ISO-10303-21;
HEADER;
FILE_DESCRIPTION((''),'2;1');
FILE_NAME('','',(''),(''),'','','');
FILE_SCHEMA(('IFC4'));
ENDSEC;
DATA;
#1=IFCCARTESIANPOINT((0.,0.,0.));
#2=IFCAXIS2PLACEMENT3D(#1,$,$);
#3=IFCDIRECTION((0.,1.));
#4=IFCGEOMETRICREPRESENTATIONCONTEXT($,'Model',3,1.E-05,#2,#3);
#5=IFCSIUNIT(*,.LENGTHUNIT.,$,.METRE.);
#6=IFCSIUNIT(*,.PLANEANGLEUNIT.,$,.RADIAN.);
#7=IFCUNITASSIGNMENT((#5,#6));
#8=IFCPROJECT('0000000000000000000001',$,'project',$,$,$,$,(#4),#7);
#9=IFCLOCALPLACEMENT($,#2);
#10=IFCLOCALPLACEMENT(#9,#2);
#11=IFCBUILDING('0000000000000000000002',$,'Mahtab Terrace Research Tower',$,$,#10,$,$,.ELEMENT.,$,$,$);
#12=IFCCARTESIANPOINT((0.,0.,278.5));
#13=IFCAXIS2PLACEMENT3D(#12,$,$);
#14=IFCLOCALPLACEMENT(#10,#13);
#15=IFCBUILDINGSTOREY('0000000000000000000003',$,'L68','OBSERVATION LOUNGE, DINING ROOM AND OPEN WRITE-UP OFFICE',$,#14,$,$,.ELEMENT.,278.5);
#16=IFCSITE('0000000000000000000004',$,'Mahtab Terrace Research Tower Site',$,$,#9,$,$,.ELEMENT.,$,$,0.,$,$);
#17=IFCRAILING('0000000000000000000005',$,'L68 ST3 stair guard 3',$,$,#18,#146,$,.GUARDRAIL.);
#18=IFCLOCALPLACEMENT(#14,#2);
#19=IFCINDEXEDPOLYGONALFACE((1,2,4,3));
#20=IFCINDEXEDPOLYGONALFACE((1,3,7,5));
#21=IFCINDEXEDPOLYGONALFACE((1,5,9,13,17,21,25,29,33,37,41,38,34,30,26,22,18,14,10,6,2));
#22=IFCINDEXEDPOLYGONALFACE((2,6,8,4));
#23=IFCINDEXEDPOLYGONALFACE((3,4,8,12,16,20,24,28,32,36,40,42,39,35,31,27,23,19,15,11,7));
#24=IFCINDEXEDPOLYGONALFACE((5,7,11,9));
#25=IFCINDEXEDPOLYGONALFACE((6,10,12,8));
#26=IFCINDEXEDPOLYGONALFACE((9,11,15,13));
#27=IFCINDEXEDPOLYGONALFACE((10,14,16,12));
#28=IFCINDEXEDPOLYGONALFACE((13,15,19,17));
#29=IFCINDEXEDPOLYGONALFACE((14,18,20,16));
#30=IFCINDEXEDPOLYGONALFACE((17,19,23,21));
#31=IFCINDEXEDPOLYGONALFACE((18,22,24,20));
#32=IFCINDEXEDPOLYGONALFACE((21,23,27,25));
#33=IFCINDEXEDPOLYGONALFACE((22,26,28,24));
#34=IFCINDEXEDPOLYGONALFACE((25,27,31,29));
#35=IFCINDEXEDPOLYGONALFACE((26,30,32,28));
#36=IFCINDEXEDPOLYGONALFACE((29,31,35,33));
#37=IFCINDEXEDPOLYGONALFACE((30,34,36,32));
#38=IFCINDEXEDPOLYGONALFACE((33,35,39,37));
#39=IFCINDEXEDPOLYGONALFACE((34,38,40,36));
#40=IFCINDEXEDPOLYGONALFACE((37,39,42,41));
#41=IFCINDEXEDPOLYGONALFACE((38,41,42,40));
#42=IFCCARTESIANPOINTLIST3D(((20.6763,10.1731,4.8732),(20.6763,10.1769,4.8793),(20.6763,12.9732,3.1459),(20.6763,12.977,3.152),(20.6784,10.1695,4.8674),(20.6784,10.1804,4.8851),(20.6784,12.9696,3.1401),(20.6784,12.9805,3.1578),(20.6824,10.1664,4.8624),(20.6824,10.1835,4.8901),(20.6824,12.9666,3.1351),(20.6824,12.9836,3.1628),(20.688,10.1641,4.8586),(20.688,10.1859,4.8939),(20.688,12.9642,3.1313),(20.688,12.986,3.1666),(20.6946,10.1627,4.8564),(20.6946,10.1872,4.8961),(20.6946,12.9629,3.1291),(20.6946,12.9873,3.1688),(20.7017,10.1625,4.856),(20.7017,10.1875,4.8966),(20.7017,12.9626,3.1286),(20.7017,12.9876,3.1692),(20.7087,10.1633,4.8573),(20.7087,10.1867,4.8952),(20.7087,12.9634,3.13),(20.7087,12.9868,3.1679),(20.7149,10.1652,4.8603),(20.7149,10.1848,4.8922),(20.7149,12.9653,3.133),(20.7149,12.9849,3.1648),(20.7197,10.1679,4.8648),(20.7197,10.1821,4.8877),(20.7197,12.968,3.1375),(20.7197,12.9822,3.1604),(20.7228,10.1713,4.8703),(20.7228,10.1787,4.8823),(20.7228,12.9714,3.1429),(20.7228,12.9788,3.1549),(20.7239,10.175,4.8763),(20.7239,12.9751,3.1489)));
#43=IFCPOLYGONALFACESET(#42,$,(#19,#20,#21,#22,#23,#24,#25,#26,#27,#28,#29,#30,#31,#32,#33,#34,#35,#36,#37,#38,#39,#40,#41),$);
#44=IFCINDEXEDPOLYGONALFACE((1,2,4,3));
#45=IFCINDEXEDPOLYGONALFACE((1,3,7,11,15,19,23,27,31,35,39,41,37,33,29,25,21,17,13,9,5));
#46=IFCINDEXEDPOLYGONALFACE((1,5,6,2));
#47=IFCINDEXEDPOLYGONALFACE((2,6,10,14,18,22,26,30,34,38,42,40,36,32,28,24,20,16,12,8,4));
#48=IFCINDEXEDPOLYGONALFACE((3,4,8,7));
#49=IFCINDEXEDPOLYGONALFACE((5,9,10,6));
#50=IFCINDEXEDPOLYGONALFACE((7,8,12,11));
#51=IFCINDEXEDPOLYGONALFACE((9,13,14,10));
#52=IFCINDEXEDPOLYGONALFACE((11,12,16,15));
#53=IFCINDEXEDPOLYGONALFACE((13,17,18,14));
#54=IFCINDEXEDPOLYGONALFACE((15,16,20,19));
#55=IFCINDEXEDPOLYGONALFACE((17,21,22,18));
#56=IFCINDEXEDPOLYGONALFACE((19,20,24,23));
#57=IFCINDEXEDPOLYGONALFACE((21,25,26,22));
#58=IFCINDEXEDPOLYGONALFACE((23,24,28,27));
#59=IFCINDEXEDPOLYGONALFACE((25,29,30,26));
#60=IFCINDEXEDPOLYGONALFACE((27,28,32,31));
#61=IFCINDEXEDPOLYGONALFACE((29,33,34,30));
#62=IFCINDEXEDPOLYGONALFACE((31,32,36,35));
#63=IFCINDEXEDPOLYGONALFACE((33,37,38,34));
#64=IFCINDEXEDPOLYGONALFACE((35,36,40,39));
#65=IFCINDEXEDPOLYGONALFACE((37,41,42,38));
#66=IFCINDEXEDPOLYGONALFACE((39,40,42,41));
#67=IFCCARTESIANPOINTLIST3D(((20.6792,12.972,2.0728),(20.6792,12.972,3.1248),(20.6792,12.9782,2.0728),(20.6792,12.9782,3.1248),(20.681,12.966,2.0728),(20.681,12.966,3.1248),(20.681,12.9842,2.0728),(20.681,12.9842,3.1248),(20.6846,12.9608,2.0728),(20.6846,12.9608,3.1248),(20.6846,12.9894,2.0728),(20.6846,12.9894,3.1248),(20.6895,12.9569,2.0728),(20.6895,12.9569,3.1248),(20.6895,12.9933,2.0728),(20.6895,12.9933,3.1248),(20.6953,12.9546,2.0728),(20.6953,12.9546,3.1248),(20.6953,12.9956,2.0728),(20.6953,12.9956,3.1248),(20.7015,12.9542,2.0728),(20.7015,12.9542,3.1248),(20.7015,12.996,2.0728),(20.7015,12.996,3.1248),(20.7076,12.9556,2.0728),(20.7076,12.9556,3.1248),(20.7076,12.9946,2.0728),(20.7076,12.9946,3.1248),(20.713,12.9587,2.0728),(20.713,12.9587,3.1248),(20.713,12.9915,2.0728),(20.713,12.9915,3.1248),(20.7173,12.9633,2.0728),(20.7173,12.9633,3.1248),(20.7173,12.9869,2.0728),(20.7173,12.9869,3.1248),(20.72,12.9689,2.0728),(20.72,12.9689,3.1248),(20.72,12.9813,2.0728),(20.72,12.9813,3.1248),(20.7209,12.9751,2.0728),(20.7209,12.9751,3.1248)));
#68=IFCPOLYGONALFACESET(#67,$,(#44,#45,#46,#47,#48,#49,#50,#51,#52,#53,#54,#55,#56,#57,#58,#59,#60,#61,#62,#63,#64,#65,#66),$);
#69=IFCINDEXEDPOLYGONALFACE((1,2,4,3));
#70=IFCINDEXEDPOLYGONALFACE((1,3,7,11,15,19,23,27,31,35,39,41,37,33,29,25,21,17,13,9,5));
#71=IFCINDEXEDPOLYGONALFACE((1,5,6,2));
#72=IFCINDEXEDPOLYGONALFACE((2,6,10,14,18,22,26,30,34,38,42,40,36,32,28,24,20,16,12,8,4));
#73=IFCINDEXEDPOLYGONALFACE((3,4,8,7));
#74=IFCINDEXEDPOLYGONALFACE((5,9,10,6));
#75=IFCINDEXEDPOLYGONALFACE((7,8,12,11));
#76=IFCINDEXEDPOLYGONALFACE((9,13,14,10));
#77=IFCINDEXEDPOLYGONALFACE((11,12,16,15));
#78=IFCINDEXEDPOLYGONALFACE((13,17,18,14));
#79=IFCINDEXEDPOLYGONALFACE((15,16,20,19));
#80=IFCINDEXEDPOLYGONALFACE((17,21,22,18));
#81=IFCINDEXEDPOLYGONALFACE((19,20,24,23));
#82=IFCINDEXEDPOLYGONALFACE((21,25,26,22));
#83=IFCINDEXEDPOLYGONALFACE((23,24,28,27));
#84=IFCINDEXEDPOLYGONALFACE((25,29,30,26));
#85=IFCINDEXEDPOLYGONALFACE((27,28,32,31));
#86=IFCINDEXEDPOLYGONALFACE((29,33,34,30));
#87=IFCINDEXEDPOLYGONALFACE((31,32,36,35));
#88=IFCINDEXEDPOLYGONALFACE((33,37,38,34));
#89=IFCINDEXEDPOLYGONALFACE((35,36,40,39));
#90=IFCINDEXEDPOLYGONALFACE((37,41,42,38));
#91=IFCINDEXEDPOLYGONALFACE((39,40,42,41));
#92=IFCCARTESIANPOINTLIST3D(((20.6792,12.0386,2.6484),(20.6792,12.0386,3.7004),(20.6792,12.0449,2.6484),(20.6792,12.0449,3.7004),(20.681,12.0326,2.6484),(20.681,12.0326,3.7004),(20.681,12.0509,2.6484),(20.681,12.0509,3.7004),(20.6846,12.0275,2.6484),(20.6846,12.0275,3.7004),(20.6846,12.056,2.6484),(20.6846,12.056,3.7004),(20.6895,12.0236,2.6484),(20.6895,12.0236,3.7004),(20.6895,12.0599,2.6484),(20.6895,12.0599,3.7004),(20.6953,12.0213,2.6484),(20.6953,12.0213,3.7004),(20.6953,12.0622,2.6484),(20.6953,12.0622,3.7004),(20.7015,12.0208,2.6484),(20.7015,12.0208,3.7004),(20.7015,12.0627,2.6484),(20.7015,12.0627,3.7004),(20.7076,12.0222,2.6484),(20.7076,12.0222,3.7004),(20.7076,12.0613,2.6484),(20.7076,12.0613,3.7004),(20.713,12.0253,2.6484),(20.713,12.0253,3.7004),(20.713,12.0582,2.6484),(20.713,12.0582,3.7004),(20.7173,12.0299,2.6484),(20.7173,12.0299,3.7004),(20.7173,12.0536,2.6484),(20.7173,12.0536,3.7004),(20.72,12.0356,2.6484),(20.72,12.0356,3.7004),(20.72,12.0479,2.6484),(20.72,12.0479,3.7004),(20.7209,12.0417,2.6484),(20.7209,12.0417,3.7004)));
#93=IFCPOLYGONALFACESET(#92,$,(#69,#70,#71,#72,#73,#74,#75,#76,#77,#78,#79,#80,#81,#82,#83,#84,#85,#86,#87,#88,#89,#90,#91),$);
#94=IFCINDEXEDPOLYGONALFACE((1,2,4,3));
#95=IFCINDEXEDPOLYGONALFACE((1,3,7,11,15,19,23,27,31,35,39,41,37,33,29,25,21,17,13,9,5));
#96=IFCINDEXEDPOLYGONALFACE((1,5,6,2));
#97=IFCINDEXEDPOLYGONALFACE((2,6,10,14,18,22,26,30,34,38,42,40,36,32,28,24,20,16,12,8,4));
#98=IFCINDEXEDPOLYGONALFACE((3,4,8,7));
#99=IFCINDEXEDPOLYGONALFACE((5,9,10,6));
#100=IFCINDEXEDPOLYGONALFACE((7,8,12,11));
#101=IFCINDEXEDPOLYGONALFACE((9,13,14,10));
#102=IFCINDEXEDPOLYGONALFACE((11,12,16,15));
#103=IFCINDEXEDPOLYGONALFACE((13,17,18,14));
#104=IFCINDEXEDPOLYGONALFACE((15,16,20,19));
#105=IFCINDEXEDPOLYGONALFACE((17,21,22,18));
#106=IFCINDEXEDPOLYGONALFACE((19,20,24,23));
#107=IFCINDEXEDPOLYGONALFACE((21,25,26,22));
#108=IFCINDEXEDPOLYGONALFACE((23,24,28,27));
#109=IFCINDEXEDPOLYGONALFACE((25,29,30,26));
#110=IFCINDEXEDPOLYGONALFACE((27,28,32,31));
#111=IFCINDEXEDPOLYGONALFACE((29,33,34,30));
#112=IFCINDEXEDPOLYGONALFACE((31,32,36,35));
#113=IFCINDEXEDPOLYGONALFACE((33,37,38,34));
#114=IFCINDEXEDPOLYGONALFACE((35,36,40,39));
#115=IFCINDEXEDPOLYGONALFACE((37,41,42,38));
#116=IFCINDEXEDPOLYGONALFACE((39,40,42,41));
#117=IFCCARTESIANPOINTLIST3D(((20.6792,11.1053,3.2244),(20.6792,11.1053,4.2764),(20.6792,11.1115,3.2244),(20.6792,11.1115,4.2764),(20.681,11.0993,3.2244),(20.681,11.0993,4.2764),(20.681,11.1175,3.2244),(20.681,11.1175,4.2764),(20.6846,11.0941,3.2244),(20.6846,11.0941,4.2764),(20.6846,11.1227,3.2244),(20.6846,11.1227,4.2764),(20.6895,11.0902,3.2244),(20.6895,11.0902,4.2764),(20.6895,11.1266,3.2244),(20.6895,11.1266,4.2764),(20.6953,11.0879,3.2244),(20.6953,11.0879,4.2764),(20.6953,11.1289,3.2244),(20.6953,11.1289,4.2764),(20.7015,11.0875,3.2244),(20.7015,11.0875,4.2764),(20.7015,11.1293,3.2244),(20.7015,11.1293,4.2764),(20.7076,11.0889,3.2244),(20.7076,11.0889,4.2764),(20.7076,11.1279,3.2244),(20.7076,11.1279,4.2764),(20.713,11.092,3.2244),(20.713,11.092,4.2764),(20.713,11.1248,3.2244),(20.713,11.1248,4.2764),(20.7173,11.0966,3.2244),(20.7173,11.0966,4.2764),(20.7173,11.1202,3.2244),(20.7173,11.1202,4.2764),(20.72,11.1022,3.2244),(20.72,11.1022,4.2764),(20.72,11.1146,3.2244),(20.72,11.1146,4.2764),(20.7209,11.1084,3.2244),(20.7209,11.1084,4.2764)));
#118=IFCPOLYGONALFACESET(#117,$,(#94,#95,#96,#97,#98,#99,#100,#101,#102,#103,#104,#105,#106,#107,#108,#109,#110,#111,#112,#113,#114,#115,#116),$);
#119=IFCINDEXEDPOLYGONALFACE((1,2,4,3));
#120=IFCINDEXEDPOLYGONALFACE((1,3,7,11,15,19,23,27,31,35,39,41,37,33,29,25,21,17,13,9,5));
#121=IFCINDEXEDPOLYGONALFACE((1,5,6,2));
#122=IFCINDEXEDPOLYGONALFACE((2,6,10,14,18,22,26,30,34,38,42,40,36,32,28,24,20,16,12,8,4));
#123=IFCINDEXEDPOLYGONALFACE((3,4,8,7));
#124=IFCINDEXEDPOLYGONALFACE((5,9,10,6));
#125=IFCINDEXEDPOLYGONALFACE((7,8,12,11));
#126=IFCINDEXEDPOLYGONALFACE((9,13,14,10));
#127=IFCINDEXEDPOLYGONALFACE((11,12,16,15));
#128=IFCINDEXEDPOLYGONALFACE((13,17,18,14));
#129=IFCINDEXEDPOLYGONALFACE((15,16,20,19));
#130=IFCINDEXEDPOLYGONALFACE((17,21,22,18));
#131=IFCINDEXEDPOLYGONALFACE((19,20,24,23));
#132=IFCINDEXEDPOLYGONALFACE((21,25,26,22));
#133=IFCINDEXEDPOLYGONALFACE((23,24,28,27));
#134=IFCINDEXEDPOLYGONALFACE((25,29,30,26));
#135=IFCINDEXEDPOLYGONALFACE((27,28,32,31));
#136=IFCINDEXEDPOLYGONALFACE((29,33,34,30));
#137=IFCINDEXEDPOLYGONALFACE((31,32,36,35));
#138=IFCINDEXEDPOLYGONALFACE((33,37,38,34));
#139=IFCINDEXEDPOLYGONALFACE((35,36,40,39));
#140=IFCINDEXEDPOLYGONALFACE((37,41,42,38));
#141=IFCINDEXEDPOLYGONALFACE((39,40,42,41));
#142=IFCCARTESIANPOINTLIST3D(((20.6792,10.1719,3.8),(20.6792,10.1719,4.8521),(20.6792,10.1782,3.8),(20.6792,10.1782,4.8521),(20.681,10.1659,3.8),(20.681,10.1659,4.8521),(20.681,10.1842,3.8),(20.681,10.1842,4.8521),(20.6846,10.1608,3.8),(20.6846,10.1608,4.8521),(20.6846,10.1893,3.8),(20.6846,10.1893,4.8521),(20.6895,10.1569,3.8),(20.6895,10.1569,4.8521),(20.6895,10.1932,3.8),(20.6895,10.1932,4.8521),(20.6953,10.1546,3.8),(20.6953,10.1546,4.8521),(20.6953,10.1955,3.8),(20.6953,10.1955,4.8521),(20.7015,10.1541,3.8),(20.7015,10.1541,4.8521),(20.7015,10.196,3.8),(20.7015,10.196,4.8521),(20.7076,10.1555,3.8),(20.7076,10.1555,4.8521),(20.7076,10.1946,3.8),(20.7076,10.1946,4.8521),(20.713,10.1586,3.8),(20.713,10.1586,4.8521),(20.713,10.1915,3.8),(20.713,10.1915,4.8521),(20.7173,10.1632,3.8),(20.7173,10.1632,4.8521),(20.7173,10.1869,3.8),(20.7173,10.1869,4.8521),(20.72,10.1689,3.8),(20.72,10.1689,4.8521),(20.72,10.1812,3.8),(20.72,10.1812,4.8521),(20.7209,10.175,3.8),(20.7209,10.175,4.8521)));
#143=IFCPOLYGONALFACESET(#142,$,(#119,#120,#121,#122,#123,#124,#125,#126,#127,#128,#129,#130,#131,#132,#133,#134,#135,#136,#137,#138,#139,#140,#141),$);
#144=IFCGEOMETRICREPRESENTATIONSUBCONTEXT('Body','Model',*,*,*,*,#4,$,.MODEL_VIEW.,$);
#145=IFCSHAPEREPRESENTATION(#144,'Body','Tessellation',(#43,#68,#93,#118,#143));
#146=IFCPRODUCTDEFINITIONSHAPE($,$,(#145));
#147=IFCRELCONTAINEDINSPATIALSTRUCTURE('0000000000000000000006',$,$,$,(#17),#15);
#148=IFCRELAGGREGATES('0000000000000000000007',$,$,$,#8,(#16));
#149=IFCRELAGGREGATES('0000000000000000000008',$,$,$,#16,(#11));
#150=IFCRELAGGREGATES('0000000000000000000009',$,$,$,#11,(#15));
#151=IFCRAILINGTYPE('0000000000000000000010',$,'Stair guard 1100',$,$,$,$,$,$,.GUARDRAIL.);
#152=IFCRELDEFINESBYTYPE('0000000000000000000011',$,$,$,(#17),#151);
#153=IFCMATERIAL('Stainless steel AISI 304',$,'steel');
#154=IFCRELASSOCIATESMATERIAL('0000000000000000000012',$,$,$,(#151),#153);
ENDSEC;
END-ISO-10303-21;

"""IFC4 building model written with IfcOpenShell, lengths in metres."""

from ifc_helpers import new_model, si_unit, direction, frame, origin, origin_2d, place, context, subcontext, project, spatial, circle, extrude, material, type_object, element, save


model = new_model("IFC4")

# Units and contexts
model_context = context("Model", 3, precision=1e-05, world=origin(), true_north=direction((0.0, 1.0)))
body_context = subcontext(model_context, "Body", "Model", "MODEL_VIEW")
ifc_project = project(units=[si_unit("LENGTHUNIT", "METRE"), si_unit("PLANEANGLEUNIT", "RADIAN")], contexts=[model_context])

# Site, building, storey
site_placement = place(None, origin())
site = spatial("IfcSite", under=ifc_project, at=site_placement, Name="Mahtab Terrace Research Tower Site", CompositionType="ELEMENT", RefElevation=0.0)
building_placement = place(site_placement, origin())
building = spatial("IfcBuilding", under=site, at=building_placement, Name="Mahtab Terrace Research Tower", CompositionType="ELEMENT")
storey_placement = place(building_placement, frame((0.0, 0.0, 278.5)))
storey = spatial("IfcBuildingStorey", under=building, at=storey_placement, Name="L68", Description="OBSERVATION LOUNGE, DINING ROOM AND OPEN WRITE-UP OFFICE", CompositionType="ELEMENT", Elevation=278.5)

# Shared definitions
ifc_material_1 = material(Name="Stainless steel AISI 304", Category="steel")

# Railing
railing_type_1 = type_object("IfcRailingType", Name="Stair guard 1100", PredefinedType="GUARDRAIL", material=ifc_material_1)
railing_1_placement = place(storey_placement, frame((20.7, 12.9751, 2.0728)))
element("IfcRailing", 1, at=railing_1_placement, inside=storey, type_object=railing_type_1, Name="L68 ST3 stair guard 3", PredefinedType="GUARDRAIL", context=body_context, shape_type="SweptSolid", body=[
    extrude(circle(Radius=0.0239, at=origin_2d()), frame((0.0, 0.0, 1.0762), z_axis=(0.0, -0.85109, 0.52502), x_axis=(1.0, 0.0, 0.0)), (0.0, 0.0, 1.0), 3.29),
    extrude(circle(Radius=0.021, at=origin_2d()), origin(), (0.0, 0.0, 1.0), 1.052),
    extrude(circle(Radius=0.021, at=origin_2d()), frame((0.0, -0.9333, 0.5757)), (0.0, 0.0, 1.0), 1.052),
    extrude(circle(Radius=0.021, at=origin_2d()), frame((0.0, -1.8667, 1.1516)), (0.0, 0.0, 1.0), 1.052),
    extrude(circle(Radius=0.021, at=origin_2d()), frame((0.0, -2.8, 1.7273)), (0.0, 0.0, 1.0), 1.052),
])

save(model, "model.ifc")
